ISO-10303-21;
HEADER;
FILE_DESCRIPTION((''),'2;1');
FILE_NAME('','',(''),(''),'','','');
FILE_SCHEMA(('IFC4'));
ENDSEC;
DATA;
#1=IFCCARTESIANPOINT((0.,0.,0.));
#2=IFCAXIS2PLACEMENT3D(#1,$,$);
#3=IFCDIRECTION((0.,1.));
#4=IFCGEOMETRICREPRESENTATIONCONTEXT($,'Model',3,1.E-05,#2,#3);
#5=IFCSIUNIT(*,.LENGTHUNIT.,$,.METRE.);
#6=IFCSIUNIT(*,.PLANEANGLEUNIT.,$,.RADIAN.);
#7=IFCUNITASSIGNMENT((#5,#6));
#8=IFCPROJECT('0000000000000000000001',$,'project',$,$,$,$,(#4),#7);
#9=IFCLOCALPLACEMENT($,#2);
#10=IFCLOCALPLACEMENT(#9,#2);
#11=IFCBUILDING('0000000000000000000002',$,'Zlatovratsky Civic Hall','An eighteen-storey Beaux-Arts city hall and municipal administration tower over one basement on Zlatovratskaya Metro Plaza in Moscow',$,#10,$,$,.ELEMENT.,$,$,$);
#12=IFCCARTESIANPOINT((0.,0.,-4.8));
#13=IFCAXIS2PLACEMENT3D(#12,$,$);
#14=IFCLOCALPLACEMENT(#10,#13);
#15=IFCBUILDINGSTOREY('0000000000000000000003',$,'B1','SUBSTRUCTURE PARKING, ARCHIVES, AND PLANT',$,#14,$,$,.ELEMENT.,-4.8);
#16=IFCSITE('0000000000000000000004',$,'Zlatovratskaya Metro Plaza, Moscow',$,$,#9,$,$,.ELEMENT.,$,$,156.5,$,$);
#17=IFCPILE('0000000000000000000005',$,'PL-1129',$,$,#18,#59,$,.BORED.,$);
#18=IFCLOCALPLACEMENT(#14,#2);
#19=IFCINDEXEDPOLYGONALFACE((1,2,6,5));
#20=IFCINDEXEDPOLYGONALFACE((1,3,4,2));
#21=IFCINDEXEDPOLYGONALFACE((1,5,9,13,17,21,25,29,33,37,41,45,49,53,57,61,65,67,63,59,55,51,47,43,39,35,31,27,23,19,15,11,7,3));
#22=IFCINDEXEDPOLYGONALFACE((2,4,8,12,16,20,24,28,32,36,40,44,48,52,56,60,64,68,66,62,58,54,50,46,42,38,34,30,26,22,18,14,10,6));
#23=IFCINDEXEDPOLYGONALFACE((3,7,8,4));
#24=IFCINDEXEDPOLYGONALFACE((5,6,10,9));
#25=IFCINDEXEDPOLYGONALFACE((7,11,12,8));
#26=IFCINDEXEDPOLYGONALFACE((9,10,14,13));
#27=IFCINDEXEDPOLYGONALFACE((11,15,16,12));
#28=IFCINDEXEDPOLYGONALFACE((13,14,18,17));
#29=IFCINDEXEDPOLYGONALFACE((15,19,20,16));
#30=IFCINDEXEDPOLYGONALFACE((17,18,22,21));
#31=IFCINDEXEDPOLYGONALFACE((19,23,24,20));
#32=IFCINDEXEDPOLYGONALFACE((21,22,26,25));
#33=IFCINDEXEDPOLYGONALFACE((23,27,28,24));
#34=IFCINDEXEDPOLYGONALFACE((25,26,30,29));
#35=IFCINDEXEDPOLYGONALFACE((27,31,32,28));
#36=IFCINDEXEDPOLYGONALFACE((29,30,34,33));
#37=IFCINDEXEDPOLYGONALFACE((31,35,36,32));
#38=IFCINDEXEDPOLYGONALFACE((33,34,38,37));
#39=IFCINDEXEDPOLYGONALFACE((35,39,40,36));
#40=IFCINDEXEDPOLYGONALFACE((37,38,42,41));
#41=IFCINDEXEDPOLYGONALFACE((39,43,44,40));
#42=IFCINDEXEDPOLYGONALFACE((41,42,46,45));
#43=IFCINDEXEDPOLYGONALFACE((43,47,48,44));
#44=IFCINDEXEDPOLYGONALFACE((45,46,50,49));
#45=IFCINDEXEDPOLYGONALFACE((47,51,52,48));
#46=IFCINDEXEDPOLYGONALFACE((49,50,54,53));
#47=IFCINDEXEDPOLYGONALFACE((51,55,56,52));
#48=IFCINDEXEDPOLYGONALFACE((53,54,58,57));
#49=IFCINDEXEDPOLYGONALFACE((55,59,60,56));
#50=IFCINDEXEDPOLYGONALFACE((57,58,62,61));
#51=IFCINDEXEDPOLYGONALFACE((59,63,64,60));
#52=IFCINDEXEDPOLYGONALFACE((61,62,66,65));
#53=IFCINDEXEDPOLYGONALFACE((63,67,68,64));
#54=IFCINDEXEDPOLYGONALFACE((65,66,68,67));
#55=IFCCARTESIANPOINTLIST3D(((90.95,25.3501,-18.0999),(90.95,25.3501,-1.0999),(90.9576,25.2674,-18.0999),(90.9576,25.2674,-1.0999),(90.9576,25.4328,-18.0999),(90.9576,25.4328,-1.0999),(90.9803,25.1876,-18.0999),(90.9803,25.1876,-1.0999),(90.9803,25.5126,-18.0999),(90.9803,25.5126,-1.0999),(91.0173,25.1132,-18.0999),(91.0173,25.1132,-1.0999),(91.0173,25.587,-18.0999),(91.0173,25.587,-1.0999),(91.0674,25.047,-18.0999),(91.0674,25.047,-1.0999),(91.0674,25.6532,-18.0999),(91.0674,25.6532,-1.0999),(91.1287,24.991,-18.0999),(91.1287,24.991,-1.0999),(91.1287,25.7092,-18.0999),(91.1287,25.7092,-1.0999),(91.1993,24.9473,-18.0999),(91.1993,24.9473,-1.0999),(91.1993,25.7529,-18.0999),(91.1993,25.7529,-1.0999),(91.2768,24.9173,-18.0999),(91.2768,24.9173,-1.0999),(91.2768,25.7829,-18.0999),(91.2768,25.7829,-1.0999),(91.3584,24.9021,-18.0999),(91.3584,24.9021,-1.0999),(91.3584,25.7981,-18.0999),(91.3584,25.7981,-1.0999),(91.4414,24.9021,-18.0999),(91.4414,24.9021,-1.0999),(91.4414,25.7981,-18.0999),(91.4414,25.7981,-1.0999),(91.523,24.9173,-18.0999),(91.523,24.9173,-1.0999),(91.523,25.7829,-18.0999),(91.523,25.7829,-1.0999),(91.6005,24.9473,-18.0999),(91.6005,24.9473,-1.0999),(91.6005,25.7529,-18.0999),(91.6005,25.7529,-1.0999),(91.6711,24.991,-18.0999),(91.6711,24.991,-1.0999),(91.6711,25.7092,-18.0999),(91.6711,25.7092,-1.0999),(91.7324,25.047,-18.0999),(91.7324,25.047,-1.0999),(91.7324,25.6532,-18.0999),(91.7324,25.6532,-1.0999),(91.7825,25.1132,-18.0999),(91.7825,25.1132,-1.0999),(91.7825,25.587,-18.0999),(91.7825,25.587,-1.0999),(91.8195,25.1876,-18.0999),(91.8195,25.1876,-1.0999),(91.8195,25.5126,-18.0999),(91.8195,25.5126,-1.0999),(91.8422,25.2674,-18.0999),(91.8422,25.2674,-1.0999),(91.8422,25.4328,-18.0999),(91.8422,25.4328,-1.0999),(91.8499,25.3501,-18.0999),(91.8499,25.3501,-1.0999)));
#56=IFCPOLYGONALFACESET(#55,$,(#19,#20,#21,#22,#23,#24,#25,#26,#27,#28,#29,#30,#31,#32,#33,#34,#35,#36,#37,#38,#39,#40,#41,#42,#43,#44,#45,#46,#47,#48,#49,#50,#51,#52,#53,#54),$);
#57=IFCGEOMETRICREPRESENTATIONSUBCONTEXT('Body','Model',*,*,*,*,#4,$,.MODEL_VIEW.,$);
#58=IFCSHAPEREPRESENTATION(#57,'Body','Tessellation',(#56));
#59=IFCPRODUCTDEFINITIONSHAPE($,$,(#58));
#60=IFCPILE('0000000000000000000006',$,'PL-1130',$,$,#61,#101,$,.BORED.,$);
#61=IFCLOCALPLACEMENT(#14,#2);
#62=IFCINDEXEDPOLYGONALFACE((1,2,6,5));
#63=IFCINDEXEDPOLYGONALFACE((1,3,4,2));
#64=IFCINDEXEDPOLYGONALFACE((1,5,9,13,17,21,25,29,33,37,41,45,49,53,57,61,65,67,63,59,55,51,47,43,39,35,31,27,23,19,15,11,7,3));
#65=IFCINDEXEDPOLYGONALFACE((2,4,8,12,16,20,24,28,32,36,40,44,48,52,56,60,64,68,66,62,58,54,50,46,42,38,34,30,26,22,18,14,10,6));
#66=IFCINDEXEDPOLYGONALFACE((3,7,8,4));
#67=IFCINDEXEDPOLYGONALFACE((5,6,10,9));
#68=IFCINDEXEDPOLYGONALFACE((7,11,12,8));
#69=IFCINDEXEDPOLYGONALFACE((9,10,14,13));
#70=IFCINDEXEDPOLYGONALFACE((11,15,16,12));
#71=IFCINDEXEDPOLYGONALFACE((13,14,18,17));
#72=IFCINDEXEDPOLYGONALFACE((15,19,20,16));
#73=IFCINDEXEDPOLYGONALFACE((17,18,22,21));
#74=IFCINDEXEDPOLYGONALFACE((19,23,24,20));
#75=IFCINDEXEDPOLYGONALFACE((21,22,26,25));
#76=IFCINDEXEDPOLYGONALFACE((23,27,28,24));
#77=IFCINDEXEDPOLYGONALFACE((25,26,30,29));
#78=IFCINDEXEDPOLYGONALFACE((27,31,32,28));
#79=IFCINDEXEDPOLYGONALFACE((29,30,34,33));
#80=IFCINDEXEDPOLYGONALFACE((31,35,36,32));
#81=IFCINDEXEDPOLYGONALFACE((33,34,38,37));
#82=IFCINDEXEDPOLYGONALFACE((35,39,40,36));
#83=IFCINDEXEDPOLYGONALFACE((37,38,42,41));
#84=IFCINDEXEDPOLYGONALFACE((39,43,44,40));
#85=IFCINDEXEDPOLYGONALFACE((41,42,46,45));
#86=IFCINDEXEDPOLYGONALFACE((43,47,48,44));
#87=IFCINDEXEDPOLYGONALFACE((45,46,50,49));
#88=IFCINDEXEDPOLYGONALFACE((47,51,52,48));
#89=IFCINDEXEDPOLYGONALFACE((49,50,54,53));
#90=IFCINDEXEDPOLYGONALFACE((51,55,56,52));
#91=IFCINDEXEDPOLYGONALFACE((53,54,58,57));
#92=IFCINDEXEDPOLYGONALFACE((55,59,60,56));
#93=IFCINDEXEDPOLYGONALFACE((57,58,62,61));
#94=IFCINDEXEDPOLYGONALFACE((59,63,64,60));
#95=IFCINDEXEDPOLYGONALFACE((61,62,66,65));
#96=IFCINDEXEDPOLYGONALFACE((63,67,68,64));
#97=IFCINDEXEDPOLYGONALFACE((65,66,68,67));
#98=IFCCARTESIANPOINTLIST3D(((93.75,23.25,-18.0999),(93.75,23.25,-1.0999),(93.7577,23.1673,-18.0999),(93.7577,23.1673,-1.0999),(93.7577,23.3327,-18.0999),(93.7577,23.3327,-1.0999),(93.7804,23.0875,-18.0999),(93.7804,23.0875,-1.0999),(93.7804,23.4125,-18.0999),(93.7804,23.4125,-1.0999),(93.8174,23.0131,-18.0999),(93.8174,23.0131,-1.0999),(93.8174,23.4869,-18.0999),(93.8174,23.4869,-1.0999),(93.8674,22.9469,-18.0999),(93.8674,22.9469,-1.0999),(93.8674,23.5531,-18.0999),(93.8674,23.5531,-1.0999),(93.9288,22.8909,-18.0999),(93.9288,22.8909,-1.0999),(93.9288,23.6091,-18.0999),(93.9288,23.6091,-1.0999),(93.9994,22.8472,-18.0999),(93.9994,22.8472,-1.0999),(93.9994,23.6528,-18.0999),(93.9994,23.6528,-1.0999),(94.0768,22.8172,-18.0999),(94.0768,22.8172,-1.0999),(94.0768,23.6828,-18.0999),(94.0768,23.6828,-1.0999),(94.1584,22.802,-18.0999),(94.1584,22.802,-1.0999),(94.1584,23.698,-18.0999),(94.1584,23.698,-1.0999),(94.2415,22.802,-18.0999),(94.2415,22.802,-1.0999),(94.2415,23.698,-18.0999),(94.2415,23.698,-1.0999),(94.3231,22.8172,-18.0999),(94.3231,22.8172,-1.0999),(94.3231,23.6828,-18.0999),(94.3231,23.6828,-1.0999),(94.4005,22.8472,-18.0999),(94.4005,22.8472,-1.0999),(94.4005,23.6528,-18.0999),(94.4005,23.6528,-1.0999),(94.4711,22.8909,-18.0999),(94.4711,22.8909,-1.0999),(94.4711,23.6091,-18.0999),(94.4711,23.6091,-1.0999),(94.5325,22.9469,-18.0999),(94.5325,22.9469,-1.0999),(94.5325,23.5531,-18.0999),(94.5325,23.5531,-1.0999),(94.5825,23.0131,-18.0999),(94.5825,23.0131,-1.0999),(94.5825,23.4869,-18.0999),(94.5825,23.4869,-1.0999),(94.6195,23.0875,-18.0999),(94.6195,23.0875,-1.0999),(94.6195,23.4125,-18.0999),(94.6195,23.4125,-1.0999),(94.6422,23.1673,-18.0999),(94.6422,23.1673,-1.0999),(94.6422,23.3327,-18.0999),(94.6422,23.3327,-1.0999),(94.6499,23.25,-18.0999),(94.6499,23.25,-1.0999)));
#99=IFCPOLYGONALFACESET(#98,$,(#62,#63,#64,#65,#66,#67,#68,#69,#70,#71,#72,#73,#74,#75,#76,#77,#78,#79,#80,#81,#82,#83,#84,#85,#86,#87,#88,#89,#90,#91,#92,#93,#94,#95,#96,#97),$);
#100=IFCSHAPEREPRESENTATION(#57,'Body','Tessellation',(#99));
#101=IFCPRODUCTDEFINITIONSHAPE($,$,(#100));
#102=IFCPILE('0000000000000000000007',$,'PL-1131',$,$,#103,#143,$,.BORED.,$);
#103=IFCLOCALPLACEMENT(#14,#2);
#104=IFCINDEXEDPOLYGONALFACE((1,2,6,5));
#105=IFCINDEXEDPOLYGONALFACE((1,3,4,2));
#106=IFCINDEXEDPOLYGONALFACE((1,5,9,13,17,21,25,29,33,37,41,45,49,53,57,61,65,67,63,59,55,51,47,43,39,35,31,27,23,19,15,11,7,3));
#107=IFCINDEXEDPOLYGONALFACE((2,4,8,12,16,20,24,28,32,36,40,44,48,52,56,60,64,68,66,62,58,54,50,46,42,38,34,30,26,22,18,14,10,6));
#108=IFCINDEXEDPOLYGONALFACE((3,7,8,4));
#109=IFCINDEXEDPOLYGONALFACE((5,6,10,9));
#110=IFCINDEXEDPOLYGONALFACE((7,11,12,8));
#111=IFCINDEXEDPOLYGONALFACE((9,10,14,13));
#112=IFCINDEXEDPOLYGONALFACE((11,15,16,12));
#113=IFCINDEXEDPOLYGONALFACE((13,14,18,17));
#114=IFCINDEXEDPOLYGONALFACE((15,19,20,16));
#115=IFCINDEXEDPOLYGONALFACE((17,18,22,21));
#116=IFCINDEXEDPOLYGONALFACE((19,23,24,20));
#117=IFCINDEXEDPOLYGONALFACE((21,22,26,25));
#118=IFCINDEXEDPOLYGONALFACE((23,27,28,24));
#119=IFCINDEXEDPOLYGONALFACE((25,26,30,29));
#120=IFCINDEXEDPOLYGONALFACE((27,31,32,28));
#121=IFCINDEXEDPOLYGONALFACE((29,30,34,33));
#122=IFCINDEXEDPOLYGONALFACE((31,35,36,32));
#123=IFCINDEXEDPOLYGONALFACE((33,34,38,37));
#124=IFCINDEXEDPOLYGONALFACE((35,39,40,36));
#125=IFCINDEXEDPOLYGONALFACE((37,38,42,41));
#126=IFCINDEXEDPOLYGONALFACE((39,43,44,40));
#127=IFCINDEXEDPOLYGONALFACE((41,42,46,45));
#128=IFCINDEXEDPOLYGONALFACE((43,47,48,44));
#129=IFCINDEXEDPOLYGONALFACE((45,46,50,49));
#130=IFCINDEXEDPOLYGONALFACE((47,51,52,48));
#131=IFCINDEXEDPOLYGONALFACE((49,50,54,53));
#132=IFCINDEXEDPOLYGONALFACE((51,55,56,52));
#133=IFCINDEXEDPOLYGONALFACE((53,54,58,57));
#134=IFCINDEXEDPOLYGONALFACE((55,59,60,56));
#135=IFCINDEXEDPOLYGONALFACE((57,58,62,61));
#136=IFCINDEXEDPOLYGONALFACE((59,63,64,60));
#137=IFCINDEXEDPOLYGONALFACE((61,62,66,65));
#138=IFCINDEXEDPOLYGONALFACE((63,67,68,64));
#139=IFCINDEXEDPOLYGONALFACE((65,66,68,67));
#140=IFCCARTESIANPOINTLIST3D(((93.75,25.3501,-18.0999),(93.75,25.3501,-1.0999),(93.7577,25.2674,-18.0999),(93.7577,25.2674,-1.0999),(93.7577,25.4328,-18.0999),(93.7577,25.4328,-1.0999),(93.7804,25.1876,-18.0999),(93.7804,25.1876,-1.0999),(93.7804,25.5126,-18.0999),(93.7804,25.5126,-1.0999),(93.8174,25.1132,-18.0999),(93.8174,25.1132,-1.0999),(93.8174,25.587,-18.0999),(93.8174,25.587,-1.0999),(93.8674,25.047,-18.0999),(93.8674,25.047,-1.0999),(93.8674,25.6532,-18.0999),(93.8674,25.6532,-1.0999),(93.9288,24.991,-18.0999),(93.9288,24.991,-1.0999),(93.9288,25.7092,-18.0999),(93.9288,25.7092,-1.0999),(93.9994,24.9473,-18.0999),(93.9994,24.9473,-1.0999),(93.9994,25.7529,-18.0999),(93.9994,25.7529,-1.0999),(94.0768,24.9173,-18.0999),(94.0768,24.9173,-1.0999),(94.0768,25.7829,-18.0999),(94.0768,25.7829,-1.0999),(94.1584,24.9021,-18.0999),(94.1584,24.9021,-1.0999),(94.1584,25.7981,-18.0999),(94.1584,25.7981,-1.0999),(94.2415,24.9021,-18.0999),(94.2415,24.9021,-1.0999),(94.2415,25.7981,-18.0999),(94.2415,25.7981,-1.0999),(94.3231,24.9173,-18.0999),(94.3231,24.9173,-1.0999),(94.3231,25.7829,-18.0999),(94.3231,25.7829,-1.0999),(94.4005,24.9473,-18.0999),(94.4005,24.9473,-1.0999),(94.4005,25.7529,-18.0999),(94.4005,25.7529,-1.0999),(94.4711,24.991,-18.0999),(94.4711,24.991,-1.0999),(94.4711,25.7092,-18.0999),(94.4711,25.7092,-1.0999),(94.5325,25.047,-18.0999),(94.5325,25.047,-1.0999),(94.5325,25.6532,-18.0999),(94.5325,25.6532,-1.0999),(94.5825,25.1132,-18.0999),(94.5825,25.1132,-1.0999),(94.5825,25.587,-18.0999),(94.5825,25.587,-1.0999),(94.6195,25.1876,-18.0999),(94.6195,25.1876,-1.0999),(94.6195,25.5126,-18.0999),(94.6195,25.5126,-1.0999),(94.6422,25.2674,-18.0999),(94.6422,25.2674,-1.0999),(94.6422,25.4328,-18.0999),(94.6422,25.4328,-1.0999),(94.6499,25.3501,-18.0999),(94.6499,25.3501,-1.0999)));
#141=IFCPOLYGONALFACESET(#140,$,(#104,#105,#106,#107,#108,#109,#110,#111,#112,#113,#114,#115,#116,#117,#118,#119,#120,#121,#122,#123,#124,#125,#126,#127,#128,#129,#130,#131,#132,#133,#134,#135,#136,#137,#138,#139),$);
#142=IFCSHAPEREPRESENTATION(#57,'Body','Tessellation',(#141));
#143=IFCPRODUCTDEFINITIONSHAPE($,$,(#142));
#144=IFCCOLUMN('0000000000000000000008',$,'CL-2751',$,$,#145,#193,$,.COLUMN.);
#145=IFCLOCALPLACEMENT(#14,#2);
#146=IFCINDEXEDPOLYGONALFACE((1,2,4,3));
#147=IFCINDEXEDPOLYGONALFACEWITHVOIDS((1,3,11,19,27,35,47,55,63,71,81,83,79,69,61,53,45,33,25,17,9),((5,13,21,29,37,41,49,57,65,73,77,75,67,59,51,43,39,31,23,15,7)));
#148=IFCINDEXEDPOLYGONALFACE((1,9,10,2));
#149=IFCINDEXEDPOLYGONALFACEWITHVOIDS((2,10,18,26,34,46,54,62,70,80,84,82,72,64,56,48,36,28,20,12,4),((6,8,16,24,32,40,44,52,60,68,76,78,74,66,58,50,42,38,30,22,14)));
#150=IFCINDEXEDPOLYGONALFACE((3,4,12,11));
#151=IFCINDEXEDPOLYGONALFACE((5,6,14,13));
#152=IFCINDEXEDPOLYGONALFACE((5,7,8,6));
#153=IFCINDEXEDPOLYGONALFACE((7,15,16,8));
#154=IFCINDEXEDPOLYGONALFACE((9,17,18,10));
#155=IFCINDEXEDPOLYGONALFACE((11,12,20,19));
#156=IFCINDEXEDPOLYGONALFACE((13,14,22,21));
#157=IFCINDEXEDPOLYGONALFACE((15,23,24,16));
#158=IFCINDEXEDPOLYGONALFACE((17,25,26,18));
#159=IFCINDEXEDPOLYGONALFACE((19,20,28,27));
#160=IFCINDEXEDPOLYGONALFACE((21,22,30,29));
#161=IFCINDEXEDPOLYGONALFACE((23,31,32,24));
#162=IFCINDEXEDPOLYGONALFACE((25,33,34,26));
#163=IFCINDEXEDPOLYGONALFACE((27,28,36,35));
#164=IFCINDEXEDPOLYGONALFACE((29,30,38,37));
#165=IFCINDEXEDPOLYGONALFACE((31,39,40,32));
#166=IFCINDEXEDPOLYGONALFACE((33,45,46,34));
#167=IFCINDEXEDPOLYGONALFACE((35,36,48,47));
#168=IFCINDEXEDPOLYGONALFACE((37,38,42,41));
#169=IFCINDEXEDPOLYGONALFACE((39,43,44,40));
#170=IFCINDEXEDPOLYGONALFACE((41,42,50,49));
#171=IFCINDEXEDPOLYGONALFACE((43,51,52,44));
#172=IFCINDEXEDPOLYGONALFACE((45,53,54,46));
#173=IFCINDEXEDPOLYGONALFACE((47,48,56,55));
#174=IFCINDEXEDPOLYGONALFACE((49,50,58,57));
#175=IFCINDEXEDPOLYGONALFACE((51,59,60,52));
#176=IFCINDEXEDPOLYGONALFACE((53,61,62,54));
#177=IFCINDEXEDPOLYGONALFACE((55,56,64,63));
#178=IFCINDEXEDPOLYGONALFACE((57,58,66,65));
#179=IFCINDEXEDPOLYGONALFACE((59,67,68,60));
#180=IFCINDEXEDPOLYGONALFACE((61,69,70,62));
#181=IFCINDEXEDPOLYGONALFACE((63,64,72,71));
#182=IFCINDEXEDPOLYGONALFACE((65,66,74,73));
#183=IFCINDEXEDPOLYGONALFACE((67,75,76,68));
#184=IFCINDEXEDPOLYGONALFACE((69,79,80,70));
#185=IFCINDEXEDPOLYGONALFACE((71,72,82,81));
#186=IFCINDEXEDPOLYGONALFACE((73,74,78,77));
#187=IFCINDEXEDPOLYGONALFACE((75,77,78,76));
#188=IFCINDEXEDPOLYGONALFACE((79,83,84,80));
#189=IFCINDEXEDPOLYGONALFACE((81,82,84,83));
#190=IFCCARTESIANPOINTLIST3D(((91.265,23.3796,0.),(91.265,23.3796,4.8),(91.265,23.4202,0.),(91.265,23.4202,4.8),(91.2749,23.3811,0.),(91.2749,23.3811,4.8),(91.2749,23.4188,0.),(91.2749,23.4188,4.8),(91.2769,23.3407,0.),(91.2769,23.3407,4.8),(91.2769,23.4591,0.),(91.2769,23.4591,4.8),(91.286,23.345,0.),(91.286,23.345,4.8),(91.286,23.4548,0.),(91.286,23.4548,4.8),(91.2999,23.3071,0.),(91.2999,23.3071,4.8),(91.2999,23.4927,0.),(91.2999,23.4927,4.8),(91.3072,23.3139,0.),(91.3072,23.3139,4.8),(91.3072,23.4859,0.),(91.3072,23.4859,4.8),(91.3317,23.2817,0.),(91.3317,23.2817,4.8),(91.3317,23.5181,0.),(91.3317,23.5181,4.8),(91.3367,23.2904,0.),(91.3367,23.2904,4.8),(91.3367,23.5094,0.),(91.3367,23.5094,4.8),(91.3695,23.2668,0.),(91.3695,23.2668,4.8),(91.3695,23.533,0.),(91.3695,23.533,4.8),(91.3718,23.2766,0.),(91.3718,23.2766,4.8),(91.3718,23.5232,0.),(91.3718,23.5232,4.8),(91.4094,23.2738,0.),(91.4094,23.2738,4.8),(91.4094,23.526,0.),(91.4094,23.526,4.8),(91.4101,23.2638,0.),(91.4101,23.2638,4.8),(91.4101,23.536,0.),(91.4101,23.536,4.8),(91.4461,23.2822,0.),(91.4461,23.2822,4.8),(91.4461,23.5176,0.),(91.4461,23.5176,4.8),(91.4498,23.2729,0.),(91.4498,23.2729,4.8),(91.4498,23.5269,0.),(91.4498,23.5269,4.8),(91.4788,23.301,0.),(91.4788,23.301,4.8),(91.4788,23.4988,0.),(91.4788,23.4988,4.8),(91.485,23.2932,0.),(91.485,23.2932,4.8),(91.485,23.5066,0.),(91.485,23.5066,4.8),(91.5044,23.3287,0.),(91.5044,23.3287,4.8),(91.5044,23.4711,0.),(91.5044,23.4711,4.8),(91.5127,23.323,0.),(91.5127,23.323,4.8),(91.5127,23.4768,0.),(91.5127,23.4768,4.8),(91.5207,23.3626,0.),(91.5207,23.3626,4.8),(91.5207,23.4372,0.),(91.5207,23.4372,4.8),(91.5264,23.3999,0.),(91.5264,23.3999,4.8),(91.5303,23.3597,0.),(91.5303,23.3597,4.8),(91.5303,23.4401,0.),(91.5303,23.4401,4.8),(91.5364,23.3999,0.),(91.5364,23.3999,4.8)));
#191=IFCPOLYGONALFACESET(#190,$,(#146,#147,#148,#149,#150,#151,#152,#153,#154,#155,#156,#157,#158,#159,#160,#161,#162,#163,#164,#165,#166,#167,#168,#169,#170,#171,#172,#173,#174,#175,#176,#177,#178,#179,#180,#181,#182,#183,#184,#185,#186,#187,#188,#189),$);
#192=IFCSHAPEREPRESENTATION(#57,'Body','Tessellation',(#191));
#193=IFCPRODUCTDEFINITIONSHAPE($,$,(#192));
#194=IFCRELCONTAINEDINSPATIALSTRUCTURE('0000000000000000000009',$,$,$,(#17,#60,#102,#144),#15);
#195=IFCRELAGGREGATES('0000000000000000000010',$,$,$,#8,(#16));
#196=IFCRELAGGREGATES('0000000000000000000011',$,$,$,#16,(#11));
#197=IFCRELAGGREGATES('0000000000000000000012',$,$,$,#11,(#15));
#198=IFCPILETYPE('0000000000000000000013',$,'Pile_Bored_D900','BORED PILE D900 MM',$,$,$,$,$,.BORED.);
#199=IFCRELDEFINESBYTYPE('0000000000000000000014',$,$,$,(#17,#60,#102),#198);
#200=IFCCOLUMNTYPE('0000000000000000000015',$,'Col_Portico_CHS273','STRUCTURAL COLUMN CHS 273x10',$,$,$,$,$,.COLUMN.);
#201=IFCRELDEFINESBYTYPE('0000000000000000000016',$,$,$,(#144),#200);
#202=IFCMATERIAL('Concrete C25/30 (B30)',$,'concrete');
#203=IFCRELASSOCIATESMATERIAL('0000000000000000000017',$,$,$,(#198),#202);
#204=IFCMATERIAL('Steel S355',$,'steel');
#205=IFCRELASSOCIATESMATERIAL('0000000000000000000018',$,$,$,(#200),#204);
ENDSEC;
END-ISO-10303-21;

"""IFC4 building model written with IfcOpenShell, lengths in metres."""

from ifc_helpers import new_model, si_unit, direction, frame, origin, origin_2d, place, context, subcontext, project, spatial, circle, hollow_circle, extrude, material, material_profile, profile_set, type_object, element, save


model = new_model("IFC4")

# Units and contexts
model_context = context("Model", 3, precision=1e-05, world=origin(), true_north=direction((0.0, 1.0)))
body_context = subcontext(model_context, "Body", "Model", "MODEL_VIEW")
ifc_project = project(units=[si_unit("LENGTHUNIT", "METRE"), si_unit("PLANEANGLEUNIT", "RADIAN")], contexts=[model_context])

# Site, building, storey
site_placement = place(None, origin())
site = spatial("IfcSite", under=ifc_project, at=site_placement, Name="Zlatovratskaya Metro Plaza, Moscow", CompositionType="ELEMENT", RefElevation=156.5)
building_placement = place(site_placement, origin())
building = spatial("IfcBuilding", under=site, at=building_placement, Name="Zlatovratsky Civic Hall", Description="An eighteen-storey Beaux-Arts city hall and municipal administration tower over one basement on Zlatovratskaya Metro Plaza in Moscow", CompositionType="ELEMENT")
storey_placement = place(building_placement, frame((0.0, 0.0, -4.8)))
storey = spatial("IfcBuildingStorey", under=building, at=storey_placement, Name="B1", Description="SUBSTRUCTURE PARKING, ARCHIVES, AND PLANT", CompositionType="ELEMENT", Elevation=-4.8)

# Shared definitions
ifc_material_1 = material(Name="Concrete C25/30 (B30)", Category="concrete")

# Piles
ifc_material_profile_1 = material_profile(ifc_material_1, circle(Radius=0.45, at=origin_2d()), Name="PILE D900")
ifc_profile_set_1 = profile_set([ifc_material_profile_1], Name="Concrete C25/30 (B30)")
pile_type_1 = type_object("IfcPileType", Name="Pile_Bored_D900", Description="BORED PILE D900 MM", PredefinedType="BORED", material=ifc_profile_set_1)
for number, where, z_axis, x_axis, name in (
    (1, (91.3999, 25.3501, -1.0999), (0.0, 0.0, -1.0), (1.0, 0.0, 0.0), "PL-1129"),
    (2, (94.2, 23.25, -1.0999), (0.0, 0.0, -1.0), (1.0, 0.0, 0.0), "PL-1130"),
    (3, (94.2, 25.3501, -1.0999), (0.0, 0.0, -1.0), (1.0, 0.0, 0.0), "PL-1131"),
):
    element("IfcPile", number, at=place(storey_placement, frame(where, z_axis=z_axis, x_axis=x_axis)), inside=storey, type_object=pile_type_1, Name=name, PredefinedType="BORED", context=body_context, shape_type="SweptSolid", body=[
        extrude(circle(Radius=0.45, at=origin_2d()), origin(), (0.0, 0.0, 1.0), 17.0),
    ])

# Column
ifc_material_2 = material(Name="Steel S355", Category="steel")
ifc_material_profile_2 = material_profile(ifc_material_2, hollow_circle(Radius=0.1365, WallThickness=0.01, at=origin_2d()), Name="CHS 273x10")
ifc_profile_set_2 = profile_set([ifc_material_profile_2], Name="Steel S355")
column_type_1 = type_object("IfcColumnType", Name="Col_Portico_CHS273", Description="STRUCTURAL COLUMN CHS 273x10", PredefinedType="COLUMN", material=ifc_profile_set_2)
for number, where, z_axis, x_axis, name in (
    (4, (91.3999, 23.3999, 0.0), (0.0, 0.0, 1.0), (1.0, 0.0, 0.0), "CL-2751"),
):
    element("IfcColumn", number, at=place(storey_placement, frame(where, z_axis=z_axis, x_axis=x_axis)), inside=storey, type_object=column_type_1, Name=name, PredefinedType="COLUMN", context=body_context, shape_type="SweptSolid", body=[
        extrude(hollow_circle(Radius=0.1365, WallThickness=0.01, at=origin_2d()), origin(), (0.0, 0.0, 1.0), 4.8),
    ])

save(model, "model.ifc")
